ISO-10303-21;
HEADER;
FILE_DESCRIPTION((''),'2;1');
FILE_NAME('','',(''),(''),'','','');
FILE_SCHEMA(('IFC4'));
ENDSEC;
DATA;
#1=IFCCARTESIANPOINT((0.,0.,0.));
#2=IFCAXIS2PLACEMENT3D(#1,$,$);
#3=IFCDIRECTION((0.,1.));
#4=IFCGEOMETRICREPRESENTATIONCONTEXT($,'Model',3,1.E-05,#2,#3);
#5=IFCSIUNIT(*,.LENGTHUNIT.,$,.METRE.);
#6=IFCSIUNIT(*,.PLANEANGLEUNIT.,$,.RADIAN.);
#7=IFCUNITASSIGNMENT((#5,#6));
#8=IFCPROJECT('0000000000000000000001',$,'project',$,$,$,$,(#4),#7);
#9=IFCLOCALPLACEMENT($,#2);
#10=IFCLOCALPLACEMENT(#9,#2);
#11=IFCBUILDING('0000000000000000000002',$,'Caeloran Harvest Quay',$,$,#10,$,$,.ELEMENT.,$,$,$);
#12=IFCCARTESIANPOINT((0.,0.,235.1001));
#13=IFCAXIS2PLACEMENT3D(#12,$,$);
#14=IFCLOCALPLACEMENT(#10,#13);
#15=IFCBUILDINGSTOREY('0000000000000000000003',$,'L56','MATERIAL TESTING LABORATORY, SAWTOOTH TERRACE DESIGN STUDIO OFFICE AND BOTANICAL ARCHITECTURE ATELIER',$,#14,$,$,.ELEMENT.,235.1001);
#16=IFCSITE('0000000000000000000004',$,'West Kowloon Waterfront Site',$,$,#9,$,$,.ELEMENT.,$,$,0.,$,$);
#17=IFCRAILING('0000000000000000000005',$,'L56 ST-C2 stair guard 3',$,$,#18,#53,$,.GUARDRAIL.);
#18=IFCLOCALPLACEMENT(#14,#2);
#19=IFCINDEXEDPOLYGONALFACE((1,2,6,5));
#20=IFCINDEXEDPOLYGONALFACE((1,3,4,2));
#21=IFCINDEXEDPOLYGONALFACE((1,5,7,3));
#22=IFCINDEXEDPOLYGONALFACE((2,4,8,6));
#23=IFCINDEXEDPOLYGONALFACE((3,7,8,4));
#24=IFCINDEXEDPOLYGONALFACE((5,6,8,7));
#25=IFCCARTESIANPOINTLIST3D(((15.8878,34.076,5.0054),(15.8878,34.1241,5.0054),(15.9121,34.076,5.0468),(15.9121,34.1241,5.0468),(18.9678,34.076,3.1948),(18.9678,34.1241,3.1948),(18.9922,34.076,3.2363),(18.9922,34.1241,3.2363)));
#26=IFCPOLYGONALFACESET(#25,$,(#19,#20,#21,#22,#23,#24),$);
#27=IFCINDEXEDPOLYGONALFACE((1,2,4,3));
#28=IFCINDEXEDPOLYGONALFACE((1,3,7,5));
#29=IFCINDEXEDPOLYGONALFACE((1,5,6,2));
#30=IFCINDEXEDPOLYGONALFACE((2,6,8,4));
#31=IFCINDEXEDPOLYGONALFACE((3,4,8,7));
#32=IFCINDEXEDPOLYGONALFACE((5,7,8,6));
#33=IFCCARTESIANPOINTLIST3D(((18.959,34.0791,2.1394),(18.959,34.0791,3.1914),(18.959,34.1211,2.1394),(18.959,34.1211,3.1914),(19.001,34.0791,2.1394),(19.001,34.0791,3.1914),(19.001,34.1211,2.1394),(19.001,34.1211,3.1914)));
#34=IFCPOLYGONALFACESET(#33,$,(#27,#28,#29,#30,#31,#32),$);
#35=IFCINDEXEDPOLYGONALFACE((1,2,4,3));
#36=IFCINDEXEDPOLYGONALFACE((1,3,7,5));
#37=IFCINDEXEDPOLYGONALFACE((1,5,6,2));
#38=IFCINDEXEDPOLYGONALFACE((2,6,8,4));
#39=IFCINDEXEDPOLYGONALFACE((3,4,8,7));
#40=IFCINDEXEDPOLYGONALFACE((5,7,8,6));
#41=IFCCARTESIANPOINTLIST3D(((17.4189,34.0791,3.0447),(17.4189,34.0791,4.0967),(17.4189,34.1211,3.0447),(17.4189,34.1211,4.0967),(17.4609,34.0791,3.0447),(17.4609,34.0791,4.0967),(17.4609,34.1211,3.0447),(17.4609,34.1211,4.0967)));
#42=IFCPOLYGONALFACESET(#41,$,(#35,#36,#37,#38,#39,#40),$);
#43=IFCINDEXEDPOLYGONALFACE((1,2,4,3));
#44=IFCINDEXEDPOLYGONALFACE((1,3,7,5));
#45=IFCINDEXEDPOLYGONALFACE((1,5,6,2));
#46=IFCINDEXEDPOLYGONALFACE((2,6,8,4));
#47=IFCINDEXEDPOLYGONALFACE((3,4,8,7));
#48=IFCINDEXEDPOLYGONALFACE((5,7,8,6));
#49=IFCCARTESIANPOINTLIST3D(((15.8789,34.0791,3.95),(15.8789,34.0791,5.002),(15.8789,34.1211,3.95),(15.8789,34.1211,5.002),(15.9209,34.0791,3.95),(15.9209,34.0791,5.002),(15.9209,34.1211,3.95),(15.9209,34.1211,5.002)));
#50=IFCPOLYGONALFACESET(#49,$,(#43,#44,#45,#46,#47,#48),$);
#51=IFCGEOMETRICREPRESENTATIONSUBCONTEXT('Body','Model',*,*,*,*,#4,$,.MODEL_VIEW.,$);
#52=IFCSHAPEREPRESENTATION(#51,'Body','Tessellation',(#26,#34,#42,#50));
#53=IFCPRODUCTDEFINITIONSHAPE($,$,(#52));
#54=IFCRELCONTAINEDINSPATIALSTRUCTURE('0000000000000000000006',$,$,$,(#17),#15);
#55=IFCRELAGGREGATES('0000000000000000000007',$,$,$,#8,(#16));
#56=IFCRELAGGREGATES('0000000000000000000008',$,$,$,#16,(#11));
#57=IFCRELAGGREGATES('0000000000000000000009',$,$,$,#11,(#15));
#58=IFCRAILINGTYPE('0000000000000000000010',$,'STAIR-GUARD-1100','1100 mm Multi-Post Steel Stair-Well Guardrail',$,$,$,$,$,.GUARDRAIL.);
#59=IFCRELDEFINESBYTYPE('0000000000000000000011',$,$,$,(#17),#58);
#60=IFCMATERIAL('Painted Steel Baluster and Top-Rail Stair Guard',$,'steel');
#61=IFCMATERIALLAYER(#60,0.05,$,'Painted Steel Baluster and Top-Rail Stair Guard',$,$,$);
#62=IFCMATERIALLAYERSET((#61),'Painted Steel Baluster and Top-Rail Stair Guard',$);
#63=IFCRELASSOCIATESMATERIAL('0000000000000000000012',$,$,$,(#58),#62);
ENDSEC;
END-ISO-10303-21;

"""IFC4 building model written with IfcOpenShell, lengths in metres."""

from ifc_helpers import new_model, si_unit, direction, frame, origin, origin_2d, place, context, subcontext, project, spatial, rectangle, extrude, material, layer, layer_set, type_object, element, save


model = new_model("IFC4")

# Units and contexts
model_context = context("Model", 3, precision=1e-05, world=origin(), true_north=direction((0.0, 1.0)))
body_context = subcontext(model_context, "Body", "Model", "MODEL_VIEW")
ifc_project = project(units=[si_unit("LENGTHUNIT", "METRE"), si_unit("PLANEANGLEUNIT", "RADIAN")], contexts=[model_context])

# Site, building, storey
site_placement = place(None, origin())
site = spatial("IfcSite", under=ifc_project, at=site_placement, Name="West Kowloon Waterfront Site", CompositionType="ELEMENT", RefElevation=0.0)
building_placement = place(site_placement, origin())
building = spatial("IfcBuilding", under=site, at=building_placement, Name="Caeloran Harvest Quay", CompositionType="ELEMENT")
storey_placement = place(building_placement, frame((0.0, 0.0, 235.1001)))
storey = spatial("IfcBuildingStorey", under=building, at=storey_placement, Name="L56", Description="MATERIAL TESTING LABORATORY, SAWTOOTH TERRACE DESIGN STUDIO OFFICE AND BOTANICAL ARCHITECTURE ATELIER", CompositionType="ELEMENT", Elevation=235.1001)

# Railing
ifc_material_1 = material(Name="Painted Steel Baluster and Top-Rail Stair Guard", Category="steel")
ifc_layer_1 = layer(ifc_material_1, 0.05, Name="Painted Steel Baluster and Top-Rail Stair Guard")
ifc_layer_set_1 = layer_set([ifc_layer_1], Name="Painted Steel Baluster and Top-Rail Stair Guard")
railing_type_1 = type_object("IfcRailingType", Name="STAIR-GUARD-1100", Description="1100 mm Multi-Post Steel Stair-Well Guardrail", PredefinedType="GUARDRAIL", material=ifc_layer_set_1)
railing_1_placement = place(storey_placement, frame((18.98, 34.1001, 2.1394)))
element("IfcRailing", 1, at=railing_1_placement, inside=storey, type_object=railing_type_1, Name="L56 ST-C2 stair guard 3", PredefinedType="GUARDRAIL", context=body_context, shape_type="SweptSolid", body=[
    extrude(rectangle(XDim=0.0481, YDim=0.0481, at=origin_2d()), frame((0.0, 0.0, 1.0762), z_axis=(-0.862089, 0.0, 0.506757), x_axis=(0.0, -1.0, 0.0)), (0.0, 0.0, 1.0), 3.5728),
    extrude(rectangle(XDim=0.042, YDim=0.042, at=origin_2d()), origin(), (0.0, 0.0, 1.0), 1.052),
    extrude(rectangle(XDim=0.042, YDim=0.042, at=origin_2d()), frame((-1.54, 0.0, 0.9053)), (0.0, 0.0, 1.0), 1.052),
    extrude(rectangle(XDim=0.042, YDim=0.042, at=origin_2d()), frame((-3.0801, 0.0, 1.8105)), (0.0, 0.0, 1.0), 1.052),
])

save(model, "model.ifc")
